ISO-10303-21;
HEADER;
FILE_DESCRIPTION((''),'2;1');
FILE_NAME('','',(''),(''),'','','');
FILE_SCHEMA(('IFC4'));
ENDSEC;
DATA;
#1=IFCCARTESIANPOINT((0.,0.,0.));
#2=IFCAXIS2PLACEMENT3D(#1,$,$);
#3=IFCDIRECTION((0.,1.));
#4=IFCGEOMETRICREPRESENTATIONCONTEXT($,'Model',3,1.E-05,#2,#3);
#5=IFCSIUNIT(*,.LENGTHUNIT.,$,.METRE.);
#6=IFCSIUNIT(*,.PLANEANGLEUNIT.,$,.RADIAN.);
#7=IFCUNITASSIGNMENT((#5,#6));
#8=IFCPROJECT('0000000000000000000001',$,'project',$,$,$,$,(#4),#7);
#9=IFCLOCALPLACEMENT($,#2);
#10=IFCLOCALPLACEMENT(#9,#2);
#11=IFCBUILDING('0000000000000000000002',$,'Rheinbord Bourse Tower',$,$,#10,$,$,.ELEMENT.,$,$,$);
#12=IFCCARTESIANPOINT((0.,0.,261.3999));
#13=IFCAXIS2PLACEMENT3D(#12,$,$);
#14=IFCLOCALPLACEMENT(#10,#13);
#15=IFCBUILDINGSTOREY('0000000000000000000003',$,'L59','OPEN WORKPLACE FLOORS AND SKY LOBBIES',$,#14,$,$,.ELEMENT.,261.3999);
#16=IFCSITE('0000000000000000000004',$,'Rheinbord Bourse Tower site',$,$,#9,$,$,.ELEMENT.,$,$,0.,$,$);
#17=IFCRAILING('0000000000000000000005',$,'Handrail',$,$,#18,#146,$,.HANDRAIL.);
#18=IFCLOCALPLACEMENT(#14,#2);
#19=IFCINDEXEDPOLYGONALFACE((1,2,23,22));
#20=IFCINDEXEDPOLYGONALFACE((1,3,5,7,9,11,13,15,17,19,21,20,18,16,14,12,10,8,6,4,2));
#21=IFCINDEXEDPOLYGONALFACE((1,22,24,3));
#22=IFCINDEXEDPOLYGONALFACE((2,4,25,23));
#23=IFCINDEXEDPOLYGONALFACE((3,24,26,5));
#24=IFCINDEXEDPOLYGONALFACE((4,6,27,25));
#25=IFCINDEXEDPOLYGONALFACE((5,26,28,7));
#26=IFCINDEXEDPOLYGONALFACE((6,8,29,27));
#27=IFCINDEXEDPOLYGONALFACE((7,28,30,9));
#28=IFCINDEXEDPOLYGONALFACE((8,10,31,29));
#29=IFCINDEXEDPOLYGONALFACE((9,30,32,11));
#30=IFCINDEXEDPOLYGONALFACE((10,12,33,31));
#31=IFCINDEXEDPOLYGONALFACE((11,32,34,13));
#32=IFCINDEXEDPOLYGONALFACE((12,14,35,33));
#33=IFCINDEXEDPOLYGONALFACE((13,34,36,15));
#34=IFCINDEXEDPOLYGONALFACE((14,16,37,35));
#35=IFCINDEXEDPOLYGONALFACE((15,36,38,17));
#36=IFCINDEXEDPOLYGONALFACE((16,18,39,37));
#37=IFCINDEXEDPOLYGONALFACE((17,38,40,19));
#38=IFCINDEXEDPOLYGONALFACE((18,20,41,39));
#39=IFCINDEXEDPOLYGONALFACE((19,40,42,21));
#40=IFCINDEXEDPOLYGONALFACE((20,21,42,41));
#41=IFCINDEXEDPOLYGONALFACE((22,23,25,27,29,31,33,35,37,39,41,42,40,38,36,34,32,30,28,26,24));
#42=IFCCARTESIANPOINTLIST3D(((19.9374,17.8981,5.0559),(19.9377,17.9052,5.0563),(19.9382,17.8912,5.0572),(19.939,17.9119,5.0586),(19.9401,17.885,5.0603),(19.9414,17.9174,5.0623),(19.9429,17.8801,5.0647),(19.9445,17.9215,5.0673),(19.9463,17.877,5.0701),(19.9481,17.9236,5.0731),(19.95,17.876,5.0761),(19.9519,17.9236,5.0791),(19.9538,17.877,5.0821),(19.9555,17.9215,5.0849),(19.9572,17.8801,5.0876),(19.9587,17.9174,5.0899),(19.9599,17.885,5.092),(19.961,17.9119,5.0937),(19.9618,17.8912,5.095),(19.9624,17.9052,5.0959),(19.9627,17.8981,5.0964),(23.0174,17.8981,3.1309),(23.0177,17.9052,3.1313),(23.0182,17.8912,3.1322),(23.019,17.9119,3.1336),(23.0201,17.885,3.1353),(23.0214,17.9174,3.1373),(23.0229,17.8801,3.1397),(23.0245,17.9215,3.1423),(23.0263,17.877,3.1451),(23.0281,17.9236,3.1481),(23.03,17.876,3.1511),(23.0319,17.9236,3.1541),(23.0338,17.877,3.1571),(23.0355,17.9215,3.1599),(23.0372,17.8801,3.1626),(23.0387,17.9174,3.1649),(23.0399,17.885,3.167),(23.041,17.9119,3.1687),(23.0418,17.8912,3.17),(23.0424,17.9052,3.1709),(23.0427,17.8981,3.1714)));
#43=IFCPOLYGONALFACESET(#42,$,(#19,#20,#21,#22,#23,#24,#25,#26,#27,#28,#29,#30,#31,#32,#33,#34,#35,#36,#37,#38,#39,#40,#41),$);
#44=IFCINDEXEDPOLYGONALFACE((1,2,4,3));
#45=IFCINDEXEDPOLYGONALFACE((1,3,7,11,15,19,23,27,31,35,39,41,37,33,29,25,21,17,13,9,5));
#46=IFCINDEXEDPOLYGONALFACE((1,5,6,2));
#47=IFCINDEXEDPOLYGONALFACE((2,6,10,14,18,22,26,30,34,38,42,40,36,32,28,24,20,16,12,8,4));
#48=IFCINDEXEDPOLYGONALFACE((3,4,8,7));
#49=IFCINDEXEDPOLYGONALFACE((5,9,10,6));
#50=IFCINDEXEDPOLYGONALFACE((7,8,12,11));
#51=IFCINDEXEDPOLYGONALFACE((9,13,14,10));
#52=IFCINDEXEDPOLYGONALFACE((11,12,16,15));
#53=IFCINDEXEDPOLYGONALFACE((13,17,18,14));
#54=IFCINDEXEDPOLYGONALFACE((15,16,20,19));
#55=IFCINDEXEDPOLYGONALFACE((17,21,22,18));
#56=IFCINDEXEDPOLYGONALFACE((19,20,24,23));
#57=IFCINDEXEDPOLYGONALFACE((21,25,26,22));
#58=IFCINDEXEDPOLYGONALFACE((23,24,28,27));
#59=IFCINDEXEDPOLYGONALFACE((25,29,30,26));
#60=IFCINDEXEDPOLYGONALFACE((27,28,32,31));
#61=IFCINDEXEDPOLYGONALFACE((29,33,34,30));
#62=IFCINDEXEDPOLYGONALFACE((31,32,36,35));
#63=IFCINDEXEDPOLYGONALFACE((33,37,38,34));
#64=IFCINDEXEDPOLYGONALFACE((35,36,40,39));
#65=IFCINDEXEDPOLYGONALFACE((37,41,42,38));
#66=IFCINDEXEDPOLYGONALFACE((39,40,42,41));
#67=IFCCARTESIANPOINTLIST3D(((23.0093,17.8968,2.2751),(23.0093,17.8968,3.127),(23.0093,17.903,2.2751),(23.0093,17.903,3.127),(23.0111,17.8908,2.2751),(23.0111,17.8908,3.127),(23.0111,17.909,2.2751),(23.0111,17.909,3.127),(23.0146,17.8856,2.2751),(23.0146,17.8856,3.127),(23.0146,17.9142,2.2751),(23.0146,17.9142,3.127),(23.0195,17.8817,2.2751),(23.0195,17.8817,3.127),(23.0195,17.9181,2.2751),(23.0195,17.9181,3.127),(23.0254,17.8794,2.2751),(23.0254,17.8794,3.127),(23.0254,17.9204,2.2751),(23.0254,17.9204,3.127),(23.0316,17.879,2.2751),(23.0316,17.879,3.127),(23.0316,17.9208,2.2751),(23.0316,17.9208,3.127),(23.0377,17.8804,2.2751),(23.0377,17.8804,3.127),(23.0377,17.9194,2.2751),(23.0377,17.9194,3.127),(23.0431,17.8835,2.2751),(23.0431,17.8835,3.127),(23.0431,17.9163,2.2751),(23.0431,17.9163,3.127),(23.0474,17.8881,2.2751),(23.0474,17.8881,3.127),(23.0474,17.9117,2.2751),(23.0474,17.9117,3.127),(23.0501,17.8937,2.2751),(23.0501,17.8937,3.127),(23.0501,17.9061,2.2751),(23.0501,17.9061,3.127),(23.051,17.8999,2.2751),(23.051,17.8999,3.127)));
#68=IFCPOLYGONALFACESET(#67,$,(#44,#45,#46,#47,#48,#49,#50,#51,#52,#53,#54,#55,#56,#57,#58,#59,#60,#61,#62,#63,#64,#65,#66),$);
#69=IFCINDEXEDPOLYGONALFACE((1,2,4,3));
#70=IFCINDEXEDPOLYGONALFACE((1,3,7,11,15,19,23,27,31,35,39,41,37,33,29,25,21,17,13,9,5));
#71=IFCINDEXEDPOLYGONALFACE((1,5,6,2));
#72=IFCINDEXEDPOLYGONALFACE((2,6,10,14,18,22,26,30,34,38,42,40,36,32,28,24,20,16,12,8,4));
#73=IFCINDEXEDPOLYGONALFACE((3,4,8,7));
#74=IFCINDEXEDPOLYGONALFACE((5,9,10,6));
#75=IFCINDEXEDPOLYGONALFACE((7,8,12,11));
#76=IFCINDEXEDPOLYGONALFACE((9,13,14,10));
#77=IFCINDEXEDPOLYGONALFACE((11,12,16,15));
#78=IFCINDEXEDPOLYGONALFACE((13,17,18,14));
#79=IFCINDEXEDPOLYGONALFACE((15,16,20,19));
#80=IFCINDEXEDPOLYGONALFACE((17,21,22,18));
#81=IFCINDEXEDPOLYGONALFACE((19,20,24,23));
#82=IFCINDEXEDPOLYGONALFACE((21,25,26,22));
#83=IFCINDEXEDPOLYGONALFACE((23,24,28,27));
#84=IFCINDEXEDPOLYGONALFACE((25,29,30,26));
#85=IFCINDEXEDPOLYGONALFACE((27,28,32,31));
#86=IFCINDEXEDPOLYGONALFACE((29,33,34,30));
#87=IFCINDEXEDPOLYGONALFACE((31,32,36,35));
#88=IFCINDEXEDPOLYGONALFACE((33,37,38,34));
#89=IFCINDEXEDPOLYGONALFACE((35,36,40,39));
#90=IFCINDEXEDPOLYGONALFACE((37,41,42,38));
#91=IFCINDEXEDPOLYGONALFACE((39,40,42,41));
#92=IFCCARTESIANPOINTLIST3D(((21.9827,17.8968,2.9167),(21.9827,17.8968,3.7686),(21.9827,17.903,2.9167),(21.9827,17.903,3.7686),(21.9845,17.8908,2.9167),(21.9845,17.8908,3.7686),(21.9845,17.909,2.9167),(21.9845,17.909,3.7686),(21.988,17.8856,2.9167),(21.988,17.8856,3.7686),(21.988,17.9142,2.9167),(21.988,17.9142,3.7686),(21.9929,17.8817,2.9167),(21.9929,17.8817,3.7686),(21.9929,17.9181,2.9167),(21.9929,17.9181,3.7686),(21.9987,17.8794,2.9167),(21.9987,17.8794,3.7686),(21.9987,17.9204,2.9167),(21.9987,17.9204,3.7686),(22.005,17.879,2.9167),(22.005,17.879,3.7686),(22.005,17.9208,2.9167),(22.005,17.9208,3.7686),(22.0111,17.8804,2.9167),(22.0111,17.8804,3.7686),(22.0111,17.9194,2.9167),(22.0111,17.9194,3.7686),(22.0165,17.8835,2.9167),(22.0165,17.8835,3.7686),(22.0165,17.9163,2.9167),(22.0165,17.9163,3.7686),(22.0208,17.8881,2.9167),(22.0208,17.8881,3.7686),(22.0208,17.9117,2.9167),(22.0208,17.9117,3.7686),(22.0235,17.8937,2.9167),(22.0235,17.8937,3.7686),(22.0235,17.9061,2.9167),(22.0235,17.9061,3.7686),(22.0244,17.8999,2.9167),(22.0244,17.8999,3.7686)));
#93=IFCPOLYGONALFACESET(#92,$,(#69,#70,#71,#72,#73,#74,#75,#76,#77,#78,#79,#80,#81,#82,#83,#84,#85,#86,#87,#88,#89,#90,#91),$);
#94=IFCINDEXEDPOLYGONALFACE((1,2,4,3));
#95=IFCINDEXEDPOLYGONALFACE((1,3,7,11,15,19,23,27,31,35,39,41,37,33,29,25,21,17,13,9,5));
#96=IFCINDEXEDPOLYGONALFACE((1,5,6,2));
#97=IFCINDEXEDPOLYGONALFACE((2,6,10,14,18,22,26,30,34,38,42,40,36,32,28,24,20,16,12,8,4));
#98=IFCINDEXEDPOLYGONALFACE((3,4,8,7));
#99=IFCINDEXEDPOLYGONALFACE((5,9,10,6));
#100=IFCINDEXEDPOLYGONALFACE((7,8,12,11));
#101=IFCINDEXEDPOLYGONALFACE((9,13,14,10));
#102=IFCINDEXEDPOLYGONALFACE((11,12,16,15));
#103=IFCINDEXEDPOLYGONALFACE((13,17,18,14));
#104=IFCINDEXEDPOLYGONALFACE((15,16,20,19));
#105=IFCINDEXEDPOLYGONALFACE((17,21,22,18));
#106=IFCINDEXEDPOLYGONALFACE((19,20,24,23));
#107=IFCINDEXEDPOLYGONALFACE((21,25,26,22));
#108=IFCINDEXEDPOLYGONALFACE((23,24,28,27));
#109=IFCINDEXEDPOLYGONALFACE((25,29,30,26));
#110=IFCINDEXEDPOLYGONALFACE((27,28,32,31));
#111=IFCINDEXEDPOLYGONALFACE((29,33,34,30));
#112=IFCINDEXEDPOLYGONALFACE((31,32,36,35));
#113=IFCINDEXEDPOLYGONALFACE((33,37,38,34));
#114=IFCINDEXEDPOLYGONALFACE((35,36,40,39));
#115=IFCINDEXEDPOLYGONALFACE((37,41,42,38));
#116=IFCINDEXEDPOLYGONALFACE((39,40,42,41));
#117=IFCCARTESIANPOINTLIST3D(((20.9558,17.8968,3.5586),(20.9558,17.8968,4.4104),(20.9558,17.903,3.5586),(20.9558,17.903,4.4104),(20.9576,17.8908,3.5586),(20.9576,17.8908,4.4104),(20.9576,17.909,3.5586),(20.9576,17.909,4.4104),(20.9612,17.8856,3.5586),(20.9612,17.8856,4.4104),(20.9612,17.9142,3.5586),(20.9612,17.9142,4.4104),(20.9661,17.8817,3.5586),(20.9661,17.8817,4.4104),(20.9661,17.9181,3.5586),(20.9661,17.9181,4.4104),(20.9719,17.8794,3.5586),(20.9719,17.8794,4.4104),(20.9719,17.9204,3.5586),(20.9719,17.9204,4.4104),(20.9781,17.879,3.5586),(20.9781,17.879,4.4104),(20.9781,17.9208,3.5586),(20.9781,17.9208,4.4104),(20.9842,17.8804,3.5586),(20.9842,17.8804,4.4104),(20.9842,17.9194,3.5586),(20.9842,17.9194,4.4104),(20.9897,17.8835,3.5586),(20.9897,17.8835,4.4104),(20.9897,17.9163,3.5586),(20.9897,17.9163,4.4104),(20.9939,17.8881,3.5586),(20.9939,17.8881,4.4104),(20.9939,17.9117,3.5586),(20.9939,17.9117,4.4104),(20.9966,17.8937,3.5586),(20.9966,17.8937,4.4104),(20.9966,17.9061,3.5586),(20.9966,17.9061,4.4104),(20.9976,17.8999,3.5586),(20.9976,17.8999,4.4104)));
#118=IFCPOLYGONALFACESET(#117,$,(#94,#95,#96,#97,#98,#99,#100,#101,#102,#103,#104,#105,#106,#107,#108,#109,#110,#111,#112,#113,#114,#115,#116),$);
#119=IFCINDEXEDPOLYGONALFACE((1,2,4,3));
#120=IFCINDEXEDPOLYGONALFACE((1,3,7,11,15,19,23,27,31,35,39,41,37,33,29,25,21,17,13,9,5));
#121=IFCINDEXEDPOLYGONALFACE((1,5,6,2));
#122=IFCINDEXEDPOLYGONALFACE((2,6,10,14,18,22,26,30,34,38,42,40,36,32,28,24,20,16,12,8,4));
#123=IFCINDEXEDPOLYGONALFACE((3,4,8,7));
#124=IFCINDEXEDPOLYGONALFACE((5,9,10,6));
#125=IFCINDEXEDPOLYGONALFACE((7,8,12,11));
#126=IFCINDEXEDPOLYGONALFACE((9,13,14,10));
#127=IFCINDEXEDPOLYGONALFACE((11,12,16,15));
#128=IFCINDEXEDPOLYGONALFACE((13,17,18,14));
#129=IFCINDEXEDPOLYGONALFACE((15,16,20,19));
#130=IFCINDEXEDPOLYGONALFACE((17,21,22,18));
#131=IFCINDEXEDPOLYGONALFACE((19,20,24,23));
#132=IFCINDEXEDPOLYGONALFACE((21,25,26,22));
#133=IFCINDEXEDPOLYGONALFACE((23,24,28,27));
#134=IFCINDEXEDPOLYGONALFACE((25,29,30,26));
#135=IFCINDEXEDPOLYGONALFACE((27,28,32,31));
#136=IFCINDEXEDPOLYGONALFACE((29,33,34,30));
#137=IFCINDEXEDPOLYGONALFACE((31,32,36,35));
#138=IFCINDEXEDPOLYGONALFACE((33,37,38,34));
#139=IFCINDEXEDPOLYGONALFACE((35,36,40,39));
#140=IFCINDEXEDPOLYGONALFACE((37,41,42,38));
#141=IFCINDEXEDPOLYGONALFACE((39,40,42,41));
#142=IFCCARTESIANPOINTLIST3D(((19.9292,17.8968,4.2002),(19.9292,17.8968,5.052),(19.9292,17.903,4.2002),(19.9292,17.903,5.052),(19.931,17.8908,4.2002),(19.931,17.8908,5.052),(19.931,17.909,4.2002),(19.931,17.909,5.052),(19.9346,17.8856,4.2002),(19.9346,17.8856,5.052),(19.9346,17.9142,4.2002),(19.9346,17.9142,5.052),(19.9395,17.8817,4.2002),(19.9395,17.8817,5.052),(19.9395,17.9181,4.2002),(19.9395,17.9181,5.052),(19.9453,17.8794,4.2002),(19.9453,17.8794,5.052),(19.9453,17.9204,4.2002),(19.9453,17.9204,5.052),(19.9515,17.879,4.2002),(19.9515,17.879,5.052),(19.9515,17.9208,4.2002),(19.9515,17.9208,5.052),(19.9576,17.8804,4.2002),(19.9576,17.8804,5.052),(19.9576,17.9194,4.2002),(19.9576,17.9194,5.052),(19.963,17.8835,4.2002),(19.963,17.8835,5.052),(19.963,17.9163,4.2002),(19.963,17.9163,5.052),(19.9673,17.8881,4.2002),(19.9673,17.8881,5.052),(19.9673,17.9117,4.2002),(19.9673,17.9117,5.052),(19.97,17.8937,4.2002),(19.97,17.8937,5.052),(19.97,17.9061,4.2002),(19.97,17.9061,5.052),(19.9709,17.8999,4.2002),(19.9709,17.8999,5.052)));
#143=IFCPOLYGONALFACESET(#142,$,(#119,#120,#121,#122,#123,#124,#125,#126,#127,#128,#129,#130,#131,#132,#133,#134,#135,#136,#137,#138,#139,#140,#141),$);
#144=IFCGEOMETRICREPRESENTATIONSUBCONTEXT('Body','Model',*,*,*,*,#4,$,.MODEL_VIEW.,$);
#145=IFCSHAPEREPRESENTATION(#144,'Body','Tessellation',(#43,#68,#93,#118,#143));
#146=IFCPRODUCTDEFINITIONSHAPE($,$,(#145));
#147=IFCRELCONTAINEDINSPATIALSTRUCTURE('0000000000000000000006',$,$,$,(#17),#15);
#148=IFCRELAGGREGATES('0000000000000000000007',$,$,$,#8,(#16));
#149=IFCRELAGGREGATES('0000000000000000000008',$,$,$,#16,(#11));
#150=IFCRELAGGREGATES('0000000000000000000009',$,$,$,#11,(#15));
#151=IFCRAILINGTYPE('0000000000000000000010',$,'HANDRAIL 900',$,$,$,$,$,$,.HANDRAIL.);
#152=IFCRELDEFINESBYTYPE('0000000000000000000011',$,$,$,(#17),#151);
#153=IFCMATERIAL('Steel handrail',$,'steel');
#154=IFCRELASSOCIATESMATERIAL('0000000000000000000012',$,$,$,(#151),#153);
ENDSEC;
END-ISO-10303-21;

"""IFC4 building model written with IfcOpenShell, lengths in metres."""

from ifc_helpers import new_model, si_unit, direction, frame, origin, origin_2d, place, context, subcontext, project, spatial, circle, extrude, material, type_object, element, save


model = new_model("IFC4")

# Units and contexts
model_context = context("Model", 3, precision=1e-05, world=origin(), true_north=direction((0.0, 1.0)))
body_context = subcontext(model_context, "Body", "Model", "MODEL_VIEW")
ifc_project = project(units=[si_unit("LENGTHUNIT", "METRE"), si_unit("PLANEANGLEUNIT", "RADIAN")], contexts=[model_context])

# Site, building, storey
site_placement = place(None, origin())
site = spatial("IfcSite", under=ifc_project, at=site_placement, Name="Rheinbord Bourse Tower site", CompositionType="ELEMENT", RefElevation=0.0)
building_placement = place(site_placement, origin())
building = spatial("IfcBuilding", under=site, at=building_placement, Name="Rheinbord Bourse Tower", CompositionType="ELEMENT")
storey_placement = place(building_placement, frame((0.0, 0.0, 261.3999)))
storey = spatial("IfcBuildingStorey", under=building, at=storey_placement, Name="L59", Description="OPEN WORKPLACE FLOORS AND SKY LOBBIES", CompositionType="ELEMENT", Elevation=261.3999)

# Railing
ifc_material_1 = material(Name="Steel handrail", Category="steel")
railing_type = type_object("IfcRailingType", Name="HANDRAIL 900", PredefinedType="HANDRAIL", material=ifc_material_1)
railing_1_placement = place(storey_placement, frame((23.03, 17.8999, 2.2751)))
element("IfcRailing", 1, at=railing_1_placement, inside=storey, type_object=railing_type, Name="Handrail", PredefinedType="HANDRAIL", context=body_context, shape_type="SweptSolid", body=[
    extrude(circle(Radius=0.0239, at=origin_2d()), frame((0.0, 0.0, 0.876), z_axis=(-0.847998, 0.0, 0.529999), x_axis=(0.0, -1.0, 0.0)), (0.0, 0.0, 1.0), 3.6321),
    extrude(circle(Radius=0.021, at=origin_2d()), origin(), (0.0, 0.0, 1.0), 0.8518),
    extrude(circle(Radius=0.021, at=origin_2d()), frame((-1.0266, 0.0, 0.6416)), (0.0, 0.0, 1.0), 0.8518),
    extrude(circle(Radius=0.021, at=origin_2d()), frame((-2.0535, 0.0, 1.2834)), (0.0, 0.0, 1.0), 0.8518),
    extrude(circle(Radius=0.021, at=origin_2d()), frame((-3.0801, 0.0, 1.925)), (0.0, 0.0, 1.0), 0.8518),
])

save(model, "model.ifc")
